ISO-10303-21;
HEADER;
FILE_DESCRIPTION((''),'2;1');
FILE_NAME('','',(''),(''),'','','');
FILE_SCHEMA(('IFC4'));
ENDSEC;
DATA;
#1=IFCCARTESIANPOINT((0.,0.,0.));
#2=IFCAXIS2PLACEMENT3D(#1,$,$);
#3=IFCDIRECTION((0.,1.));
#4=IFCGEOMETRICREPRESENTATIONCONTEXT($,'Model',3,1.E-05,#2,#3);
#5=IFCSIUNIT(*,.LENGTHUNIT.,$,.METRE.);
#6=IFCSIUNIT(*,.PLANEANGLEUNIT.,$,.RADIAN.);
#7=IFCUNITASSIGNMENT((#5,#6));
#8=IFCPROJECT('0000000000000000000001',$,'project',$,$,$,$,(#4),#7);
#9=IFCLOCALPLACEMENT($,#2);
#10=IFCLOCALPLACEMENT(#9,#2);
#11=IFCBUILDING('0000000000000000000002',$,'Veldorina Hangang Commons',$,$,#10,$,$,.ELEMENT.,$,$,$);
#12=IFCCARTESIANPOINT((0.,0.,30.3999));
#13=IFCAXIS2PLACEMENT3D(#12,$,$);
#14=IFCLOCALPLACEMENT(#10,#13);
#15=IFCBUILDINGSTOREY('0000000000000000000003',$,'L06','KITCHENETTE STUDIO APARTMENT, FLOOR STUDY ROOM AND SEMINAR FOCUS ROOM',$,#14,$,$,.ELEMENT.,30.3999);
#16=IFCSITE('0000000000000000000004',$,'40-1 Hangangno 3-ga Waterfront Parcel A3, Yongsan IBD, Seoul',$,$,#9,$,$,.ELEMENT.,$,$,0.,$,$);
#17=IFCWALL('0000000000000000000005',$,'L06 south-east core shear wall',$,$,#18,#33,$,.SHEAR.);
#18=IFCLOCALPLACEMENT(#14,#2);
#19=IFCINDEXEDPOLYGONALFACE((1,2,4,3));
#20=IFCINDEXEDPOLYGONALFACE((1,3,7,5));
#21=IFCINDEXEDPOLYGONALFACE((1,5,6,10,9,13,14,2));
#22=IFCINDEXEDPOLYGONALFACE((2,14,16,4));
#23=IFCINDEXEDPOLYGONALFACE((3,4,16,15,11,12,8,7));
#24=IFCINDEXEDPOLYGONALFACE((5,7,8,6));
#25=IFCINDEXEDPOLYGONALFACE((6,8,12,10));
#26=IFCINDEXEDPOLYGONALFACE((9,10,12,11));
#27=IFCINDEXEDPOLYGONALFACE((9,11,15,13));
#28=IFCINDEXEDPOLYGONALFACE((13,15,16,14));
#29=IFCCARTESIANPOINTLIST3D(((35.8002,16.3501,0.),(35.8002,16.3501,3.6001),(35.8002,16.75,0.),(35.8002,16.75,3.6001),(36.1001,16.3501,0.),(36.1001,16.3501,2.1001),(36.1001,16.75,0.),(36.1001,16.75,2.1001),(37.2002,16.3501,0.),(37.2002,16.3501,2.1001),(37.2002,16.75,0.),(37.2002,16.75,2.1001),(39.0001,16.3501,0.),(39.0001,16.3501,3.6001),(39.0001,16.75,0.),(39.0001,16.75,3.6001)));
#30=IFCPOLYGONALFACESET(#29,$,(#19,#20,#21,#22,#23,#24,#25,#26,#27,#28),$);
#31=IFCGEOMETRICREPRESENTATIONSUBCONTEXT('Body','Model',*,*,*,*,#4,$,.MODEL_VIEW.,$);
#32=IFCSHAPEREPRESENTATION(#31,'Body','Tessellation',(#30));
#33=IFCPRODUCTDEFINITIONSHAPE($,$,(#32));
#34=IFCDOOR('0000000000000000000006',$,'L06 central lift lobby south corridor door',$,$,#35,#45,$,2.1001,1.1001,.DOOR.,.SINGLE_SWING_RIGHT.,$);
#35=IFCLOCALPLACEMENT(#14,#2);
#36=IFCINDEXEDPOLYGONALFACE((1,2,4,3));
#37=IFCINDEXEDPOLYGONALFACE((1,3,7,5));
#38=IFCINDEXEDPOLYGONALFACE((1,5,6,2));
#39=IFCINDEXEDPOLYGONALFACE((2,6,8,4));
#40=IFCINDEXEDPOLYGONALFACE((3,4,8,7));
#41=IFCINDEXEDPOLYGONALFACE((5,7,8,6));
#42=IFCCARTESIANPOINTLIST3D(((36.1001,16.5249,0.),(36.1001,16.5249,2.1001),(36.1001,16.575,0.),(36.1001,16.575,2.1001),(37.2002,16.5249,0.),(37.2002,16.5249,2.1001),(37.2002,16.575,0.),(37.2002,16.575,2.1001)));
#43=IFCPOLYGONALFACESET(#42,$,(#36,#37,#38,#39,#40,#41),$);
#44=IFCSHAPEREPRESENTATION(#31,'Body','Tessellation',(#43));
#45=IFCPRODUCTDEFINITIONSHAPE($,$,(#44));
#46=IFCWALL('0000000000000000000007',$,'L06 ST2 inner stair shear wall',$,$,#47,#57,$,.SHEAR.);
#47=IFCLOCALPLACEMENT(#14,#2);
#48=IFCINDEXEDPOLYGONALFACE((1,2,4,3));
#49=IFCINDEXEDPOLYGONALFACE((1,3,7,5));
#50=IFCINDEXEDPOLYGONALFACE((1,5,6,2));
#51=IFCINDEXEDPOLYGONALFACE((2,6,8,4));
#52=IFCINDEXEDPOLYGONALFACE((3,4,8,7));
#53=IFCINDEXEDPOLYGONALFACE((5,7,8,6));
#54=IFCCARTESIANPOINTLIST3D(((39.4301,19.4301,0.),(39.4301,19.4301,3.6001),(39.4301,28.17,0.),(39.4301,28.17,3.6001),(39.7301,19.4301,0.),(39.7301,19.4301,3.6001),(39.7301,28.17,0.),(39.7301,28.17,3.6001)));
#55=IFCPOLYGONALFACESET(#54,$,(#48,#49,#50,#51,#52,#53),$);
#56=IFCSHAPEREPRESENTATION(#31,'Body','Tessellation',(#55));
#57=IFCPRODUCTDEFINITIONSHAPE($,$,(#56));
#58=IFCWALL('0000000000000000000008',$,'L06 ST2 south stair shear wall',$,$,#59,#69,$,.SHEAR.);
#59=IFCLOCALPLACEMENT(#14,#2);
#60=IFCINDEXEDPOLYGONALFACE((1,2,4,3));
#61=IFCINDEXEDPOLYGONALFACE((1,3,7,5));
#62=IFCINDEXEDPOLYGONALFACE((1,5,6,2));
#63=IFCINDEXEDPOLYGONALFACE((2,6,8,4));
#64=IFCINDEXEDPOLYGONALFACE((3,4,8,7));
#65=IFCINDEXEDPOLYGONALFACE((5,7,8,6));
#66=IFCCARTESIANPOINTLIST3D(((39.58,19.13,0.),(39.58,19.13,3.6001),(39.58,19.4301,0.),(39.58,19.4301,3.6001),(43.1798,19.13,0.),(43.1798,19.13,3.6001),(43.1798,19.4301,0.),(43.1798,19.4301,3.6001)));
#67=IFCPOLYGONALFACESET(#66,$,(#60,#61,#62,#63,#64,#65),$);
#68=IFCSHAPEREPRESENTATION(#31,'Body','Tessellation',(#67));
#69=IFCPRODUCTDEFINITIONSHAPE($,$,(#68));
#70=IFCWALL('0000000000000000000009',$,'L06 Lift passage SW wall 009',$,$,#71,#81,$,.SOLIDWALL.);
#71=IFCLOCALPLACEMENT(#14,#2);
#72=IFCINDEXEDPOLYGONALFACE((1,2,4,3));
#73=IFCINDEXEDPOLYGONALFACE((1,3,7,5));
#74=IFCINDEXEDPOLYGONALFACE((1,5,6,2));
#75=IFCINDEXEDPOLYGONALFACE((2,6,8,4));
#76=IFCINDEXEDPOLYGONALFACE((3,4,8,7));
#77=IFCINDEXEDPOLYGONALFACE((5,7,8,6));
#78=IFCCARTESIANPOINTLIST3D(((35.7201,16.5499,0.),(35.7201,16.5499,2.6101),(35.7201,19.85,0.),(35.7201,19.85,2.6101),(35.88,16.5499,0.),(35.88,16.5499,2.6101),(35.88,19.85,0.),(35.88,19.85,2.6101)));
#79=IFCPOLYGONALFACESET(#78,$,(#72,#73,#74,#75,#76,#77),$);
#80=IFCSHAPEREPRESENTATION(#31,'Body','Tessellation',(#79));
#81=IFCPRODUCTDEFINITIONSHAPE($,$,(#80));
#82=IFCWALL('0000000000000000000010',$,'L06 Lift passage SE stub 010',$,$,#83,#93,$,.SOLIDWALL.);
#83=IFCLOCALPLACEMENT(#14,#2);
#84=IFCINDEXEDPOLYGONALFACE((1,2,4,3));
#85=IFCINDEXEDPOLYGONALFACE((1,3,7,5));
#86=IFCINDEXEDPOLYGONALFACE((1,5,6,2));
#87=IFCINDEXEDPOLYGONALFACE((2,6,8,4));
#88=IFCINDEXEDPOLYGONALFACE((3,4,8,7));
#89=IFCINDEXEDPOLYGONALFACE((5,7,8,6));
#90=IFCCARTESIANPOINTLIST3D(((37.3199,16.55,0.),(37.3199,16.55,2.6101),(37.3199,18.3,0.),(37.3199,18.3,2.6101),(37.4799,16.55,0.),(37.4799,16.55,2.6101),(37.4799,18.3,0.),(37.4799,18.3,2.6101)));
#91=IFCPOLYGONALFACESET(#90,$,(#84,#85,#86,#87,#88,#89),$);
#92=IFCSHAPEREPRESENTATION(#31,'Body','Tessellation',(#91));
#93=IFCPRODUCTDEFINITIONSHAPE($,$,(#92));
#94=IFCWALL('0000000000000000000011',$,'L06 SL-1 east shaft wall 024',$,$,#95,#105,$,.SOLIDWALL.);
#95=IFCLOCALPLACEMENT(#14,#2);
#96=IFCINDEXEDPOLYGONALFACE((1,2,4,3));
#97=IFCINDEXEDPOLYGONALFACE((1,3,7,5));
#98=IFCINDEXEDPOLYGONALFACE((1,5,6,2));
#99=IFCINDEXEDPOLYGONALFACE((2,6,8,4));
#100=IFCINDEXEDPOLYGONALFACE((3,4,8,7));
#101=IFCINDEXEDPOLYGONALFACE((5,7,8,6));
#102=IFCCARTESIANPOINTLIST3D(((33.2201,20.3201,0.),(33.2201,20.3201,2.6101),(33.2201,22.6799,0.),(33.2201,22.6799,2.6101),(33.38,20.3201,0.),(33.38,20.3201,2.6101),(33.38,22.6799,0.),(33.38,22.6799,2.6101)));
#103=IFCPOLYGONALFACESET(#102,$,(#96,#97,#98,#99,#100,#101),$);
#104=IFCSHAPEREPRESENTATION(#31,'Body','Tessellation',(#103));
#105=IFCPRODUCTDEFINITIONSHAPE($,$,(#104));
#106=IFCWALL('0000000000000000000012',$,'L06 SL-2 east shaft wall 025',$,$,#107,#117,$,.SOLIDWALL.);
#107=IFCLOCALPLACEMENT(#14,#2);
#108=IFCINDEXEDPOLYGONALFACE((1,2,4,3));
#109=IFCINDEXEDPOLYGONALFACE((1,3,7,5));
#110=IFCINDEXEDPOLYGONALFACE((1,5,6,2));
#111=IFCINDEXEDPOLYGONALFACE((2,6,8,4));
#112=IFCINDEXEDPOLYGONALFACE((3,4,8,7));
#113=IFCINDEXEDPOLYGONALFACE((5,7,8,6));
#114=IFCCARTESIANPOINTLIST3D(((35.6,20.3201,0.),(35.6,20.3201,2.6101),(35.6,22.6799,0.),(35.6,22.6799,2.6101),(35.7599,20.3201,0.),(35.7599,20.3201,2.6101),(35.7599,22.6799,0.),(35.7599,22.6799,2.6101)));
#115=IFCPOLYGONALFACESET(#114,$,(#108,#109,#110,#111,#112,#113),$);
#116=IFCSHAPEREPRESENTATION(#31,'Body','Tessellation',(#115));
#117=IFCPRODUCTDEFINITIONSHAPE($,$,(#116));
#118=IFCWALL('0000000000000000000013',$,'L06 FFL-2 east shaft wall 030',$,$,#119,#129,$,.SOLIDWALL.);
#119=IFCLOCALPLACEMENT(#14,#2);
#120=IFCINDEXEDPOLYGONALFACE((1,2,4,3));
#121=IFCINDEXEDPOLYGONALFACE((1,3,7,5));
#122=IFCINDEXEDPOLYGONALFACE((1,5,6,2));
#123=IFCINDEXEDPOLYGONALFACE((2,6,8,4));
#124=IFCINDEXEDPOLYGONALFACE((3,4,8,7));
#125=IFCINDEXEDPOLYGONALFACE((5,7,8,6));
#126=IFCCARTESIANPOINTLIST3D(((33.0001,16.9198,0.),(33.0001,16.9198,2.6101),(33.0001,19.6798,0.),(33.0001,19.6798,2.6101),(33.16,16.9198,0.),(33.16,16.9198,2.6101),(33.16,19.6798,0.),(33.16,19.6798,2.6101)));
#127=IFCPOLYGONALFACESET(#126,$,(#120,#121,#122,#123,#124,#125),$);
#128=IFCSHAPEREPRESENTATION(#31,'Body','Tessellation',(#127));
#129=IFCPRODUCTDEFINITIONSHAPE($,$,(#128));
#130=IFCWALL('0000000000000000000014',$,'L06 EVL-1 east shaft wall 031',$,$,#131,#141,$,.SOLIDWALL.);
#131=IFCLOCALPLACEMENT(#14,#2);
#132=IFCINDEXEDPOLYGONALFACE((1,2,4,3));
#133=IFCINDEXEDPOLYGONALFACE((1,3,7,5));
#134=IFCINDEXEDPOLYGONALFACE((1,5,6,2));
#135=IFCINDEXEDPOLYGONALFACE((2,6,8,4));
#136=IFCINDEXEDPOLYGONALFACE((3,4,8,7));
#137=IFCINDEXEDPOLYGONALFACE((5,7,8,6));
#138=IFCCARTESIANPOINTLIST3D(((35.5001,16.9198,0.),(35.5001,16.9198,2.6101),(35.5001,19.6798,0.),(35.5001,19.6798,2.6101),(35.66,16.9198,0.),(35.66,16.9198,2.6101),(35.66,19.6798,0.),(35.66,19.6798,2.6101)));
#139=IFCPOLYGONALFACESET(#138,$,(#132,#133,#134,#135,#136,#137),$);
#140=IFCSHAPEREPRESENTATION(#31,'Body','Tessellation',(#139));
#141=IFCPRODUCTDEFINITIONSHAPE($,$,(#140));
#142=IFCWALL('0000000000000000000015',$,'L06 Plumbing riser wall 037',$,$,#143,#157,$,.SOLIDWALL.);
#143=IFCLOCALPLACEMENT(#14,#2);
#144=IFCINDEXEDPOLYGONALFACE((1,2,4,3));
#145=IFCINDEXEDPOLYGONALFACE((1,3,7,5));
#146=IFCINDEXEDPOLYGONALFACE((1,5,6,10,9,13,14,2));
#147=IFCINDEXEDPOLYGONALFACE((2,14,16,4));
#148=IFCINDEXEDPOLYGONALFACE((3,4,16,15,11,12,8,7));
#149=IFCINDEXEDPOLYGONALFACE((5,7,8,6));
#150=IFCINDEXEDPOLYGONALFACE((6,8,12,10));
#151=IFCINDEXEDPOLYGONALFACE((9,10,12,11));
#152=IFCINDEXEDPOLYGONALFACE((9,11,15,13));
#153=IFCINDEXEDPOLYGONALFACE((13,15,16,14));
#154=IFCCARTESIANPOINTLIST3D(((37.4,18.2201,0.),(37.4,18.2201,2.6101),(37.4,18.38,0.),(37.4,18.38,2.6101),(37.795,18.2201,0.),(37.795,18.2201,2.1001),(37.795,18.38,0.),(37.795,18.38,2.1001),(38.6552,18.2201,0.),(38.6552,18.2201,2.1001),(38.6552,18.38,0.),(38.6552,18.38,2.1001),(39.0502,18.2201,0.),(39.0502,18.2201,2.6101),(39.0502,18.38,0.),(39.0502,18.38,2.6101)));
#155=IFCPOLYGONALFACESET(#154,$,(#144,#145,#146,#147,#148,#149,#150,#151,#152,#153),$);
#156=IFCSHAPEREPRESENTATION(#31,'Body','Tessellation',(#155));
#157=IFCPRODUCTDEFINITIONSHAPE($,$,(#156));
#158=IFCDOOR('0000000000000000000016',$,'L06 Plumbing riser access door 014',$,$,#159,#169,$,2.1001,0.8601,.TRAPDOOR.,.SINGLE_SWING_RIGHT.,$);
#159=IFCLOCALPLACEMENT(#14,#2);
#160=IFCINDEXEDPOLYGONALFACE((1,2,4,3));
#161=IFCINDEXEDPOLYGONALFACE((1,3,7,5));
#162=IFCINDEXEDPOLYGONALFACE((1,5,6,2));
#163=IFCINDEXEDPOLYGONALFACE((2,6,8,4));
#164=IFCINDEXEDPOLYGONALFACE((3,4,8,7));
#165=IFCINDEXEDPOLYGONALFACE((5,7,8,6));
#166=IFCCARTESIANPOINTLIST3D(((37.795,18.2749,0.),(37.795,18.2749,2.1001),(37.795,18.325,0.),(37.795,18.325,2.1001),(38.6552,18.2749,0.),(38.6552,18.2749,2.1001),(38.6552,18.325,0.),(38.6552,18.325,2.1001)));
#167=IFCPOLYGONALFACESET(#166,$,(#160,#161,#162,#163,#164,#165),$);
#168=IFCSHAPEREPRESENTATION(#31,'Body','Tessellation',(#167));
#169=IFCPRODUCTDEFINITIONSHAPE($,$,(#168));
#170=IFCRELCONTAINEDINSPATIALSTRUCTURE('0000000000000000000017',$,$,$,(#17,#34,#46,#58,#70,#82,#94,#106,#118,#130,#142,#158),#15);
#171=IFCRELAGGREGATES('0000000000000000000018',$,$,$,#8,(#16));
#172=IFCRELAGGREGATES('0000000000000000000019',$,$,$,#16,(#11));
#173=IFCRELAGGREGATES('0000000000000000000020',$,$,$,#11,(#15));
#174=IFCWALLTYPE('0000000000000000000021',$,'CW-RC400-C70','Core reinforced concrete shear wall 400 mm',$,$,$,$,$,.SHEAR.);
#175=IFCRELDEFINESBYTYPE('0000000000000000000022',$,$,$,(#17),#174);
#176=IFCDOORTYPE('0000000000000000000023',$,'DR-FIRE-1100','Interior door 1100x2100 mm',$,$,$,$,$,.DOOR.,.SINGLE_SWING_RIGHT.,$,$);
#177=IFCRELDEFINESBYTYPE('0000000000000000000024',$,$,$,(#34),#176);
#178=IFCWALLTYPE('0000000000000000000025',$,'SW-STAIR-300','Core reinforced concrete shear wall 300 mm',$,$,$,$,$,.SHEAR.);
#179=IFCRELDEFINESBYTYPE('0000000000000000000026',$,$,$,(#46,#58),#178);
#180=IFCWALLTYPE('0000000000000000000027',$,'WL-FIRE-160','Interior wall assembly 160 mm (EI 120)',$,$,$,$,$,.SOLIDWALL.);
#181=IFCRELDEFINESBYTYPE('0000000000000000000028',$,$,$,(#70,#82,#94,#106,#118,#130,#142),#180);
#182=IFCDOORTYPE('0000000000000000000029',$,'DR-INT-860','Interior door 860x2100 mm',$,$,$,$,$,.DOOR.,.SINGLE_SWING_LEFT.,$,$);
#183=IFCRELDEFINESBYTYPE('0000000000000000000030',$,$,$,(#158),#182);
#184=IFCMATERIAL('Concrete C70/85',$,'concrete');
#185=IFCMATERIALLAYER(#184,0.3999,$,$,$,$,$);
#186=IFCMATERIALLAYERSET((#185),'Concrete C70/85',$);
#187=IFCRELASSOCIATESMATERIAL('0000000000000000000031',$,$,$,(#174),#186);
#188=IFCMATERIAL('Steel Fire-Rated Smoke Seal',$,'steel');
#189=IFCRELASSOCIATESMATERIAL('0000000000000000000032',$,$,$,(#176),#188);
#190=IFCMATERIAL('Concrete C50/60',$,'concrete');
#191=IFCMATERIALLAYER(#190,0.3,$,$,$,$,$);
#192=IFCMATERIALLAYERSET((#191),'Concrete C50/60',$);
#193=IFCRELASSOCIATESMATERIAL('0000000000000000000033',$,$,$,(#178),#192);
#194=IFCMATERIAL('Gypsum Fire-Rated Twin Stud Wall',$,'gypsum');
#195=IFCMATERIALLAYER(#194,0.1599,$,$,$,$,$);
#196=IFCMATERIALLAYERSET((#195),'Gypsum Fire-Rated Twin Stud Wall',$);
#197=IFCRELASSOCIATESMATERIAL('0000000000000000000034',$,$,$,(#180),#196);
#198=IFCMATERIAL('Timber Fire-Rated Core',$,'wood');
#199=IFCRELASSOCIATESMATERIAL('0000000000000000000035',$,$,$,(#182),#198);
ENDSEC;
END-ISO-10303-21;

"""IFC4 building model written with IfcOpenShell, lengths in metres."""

from ifc_helpers import new_model, si_unit, direction, frame, frame_2d, origin, place, context, subcontext, project, spatial, rectangle, extrude, material, layer, layer_set, type_object, element, fill, save


model = new_model("IFC4")

# Units and contexts
model_context = context("Model", 3, precision=1e-05, world=origin(), true_north=direction((0.0, 1.0)))
body_context = subcontext(model_context, "Body", "Model", "MODEL_VIEW")
ifc_project = project(units=[si_unit("LENGTHUNIT", "METRE"), si_unit("PLANEANGLEUNIT", "RADIAN")], contexts=[model_context])

# Site, building, storey
site_placement = place(None, origin())
site = spatial("IfcSite", under=ifc_project, at=site_placement, Name="40-1 Hangangno 3-ga Waterfront Parcel A3, Yongsan IBD, Seoul", CompositionType="ELEMENT", RefElevation=0.0)
building_placement = place(site_placement, origin())
building = spatial("IfcBuilding", under=site, at=building_placement, Name="Veldorina Hangang Commons", CompositionType="ELEMENT")
storey_placement = place(building_placement, frame((0.0, 0.0, 30.3999)))
storey = spatial("IfcBuildingStorey", under=building, at=storey_placement, Name="L06", Description="KITCHENETTE STUDIO APARTMENT, FLOOR STUDY ROOM AND SEMINAR FOCUS ROOM", CompositionType="ELEMENT", Elevation=30.3999)

# Shared definitions
ifc_material_1 = material(Name="Concrete C70/85", Category="concrete")

# Shared definitions
ifc_layer_1 = layer(ifc_material_1, 0.3999)
ifc_layer_set_1 = layer_set([ifc_layer_1], Name="Concrete C70/85")
wall_type_1 = type_object("IfcWallType", Name="CW-RC400-C70", Description="Core reinforced concrete shear wall 400 mm", PredefinedType="SHEAR", material=ifc_layer_set_1)

# Wall, opening, door
wall_1_placement = place(storey_placement, frame((35.8, 16.55, 0.0), z_axis=(0.0, 0.0, 1.0), x_axis=(1.0, 0.0, 0.0)))
wall_1 = element("IfcWall", 1, at=wall_1_placement, inside=storey, type_object=wall_type_1, Name="L06 south-east core shear wall", PredefinedType="SHEAR", context=body_context, shape_type="SweptSolid", body=[
    extrude(rectangle(XDim=3.2, YDim=0.3999, at=frame_2d((1.6001, 0.0))), origin(), (0.0, 0.0, 1.0), 3.6001),
])
opening_1_placement = place(wall_1_placement, frame((0.3, 0.0, 0.0)))
opening_1 = element("IfcOpeningElement", 2, at=opening_1_placement, cuts=wall_1, PredefinedType="OPENING", context=body_context, shape_type="SweptSolid", body=[
    extrude(rectangle(XDim=1.1001, YDim=2.1001, at=frame_2d((0.55, 1.05))), frame((0.0, 0.21, 0.0), z_axis=(0.0, -1.0, 0.0), x_axis=(1.0, 0.0, 0.0)), (0.0, 0.0, 1.0), 0.4199),
])
ifc_material_2 = material(Name="Steel Fire-Rated Smoke Seal", Category="steel")
door_type_1 = type_object("IfcDoorType", Name="DR-FIRE-1100", Description="Interior door 1100x2100 mm", OperationType="SINGLE_SWING_RIGHT", PredefinedType="DOOR", material=ifc_material_2)
door_1_placement = place(opening_1_placement, origin())
door_1 = element("IfcDoor", 3, at=door_1_placement, inside=storey, type_object=door_type_1, Name="L06 central lift lobby south corridor door", OperationType="SINGLE_SWING_RIGHT", OverallHeight=2.1001, OverallWidth=1.1001, PredefinedType="DOOR", context=body_context, shape_type="SweptSolid", body=[
    extrude(rectangle(XDim=1.1001, YDim=2.1001, at=frame_2d((0.55, 1.05))), frame((0.0, 0.0249, 0.0), z_axis=(0.0, -1.0, 0.0), x_axis=(1.0, 0.0, 0.0)), (0.0, 0.0, 1.0), 0.05),
])
fill(opening_1, door_1)

# Walls
ifc_material_3 = material(Name="Concrete C50/60", Category="concrete")
ifc_layer_2 = layer(ifc_material_3, 0.3)
ifc_layer_set_2 = layer_set([ifc_layer_2], Name="Concrete C50/60")
wall_type_2 = type_object("IfcWallType", Name="SW-STAIR-300", Description="Core reinforced concrete shear wall 300 mm", PredefinedType="SHEAR", material=ifc_layer_set_2)
wall_2_placement = place(storey_placement, frame((39.5801, 19.4299, 0.0), z_axis=(0.0, 0.0, 1.0), x_axis=(0.0, 1.0, 0.0)))
element("IfcWall", 4, at=wall_2_placement, inside=storey, type_object=wall_type_2, Name="L06 ST2 inner stair shear wall", PredefinedType="SHEAR", context=body_context, shape_type="SweptSolid", body=[
    extrude(rectangle(XDim=8.74, YDim=0.3, at=frame_2d((4.3701, 0.0))), origin(), (0.0, 0.0, 1.0), 3.6001),
])
wall_3_placement = place(storey_placement, frame((39.5801, 19.28, 0.0), z_axis=(0.0, 0.0, 1.0), x_axis=(1.0, 0.0, 0.0)))
element("IfcWall", 5, at=wall_3_placement, inside=storey, type_object=wall_type_2, Name="L06 ST2 south stair shear wall", PredefinedType="SHEAR", context=body_context, shape_type="SweptSolid", body=[
    extrude(rectangle(XDim=3.5999, YDim=0.3, at=frame_2d((1.7998, 0.0))), origin(), (0.0, 0.0, 1.0), 3.6001),
])
ifc_material_4 = material(Name="Gypsum Fire-Rated Twin Stud Wall", Category="gypsum")
ifc_layer_3 = layer(ifc_material_4, 0.1599)
ifc_layer_set_3 = layer_set([ifc_layer_3], Name="Gypsum Fire-Rated Twin Stud Wall")
wall_type_3 = type_object("IfcWallType", Name="WL-FIRE-160", Description="Interior wall assembly 160 mm (EI 120)", PredefinedType="SOLIDWALL", material=ifc_layer_set_3)
wall_4_placement = place(storey_placement, frame((35.8, 16.55, 0.0), z_axis=(0.0, 0.0, 1.0), x_axis=(0.0, 1.0, 0.0)))
element("IfcWall", 6, at=wall_4_placement, inside=storey, type_object=wall_type_3, Name="L06 Lift passage SW wall 009", PredefinedType="SOLIDWALL", context=body_context, shape_type="SweptSolid", body=[
    extrude(rectangle(XDim=3.3, YDim=0.1599, at=frame_2d((1.6499, 0.0))), origin(), (0.0, 0.0, 1.0), 2.6101),
])
wall_5_placement = place(storey_placement, frame((37.3999, 16.55, 0.0), z_axis=(0.0, 0.0, 1.0), x_axis=(0.0, 1.0, 0.0)))
element("IfcWall", 7, at=wall_5_placement, inside=storey, type_object=wall_type_3, Name="L06 Lift passage SE stub 010", PredefinedType="SOLIDWALL", context=body_context, shape_type="SweptSolid", body=[
    extrude(rectangle(XDim=1.75, YDim=0.1599, at=frame_2d((0.875, 0.0))), origin(), (0.0, 0.0, 1.0), 2.6101),
])
for number, where, z_axis, x_axis, name in (
    (8, (33.3, 20.3201, 0.0), (0.0, 0.0, 1.0), (0.0, 1.0, 0.0), "L06 SL-1 east shaft wall 024"),
    (9, (35.6799, 20.3201, 0.0), (0.0, 0.0, 1.0), (0.0, 1.0, 0.0), "L06 SL-2 east shaft wall 025"),
):
    element("IfcWall", number, at=place(storey_placement, frame(where, z_axis=z_axis, x_axis=x_axis)), inside=storey, type_object=wall_type_3, Name=name, PredefinedType="SOLIDWALL", context=body_context, shape_type="SweptSolid", body=[
        extrude(rectangle(XDim=2.3599, YDim=0.1599, at=frame_2d((1.1799, 0.0))), origin(), (0.0, 0.0, 1.0), 2.6101),
    ])
for number, where, z_axis, x_axis, name in (
    (10, (33.0801, 16.9199, 0.0), (0.0, 0.0, 1.0), (0.0, 1.0, 0.0), "L06 FFL-2 east shaft wall 030"),
    (11, (35.5801, 16.9199, 0.0), (0.0, 0.0, 1.0), (0.0, 1.0, 0.0), "L06 EVL-1 east shaft wall 031"),
):
    element("IfcWall", number, at=place(storey_placement, frame(where, z_axis=z_axis, x_axis=x_axis)), inside=storey, type_object=wall_type_3, Name=name, PredefinedType="SOLIDWALL", context=body_context, shape_type="SweptSolid", body=[
        extrude(rectangle(XDim=2.76, YDim=0.1599, at=frame_2d((1.3799, 0.0))), origin(), (0.0, 0.0, 1.0), 2.6101),
    ])

# Wall, opening, door
wall_6_placement = place(storey_placement, frame((37.3999, 18.3, 0.0), z_axis=(0.0, 0.0, 1.0), x_axis=(1.0, 0.0, 0.0)))
wall_6 = element("IfcWall", 12, at=wall_6_placement, inside=storey, type_object=wall_type_3, Name="L06 Plumbing riser wall 037", PredefinedType="SOLIDWALL", context=body_context, shape_type="SweptSolid", body=[
    extrude(rectangle(XDim=1.6501, YDim=0.1599, at=frame_2d((0.8252, 0.0))), origin(), (0.0, 0.0, 1.0), 2.6101),
])
opening_2_placement = place(wall_6_placement, frame((0.395, 0.0, 0.0)))
opening_2 = element("IfcOpeningElement", 13, at=opening_2_placement, cuts=wall_6, PredefinedType="OPENING", context=body_context, shape_type="SweptSolid", body=[
    extrude(rectangle(XDim=0.8601, YDim=2.1001, at=frame_2d((0.4302, 1.05))), frame((0.0, 0.0898, 0.0), z_axis=(0.0, -1.0, 0.0), x_axis=(1.0, 0.0, 0.0)), (0.0, 0.0, 1.0), 0.1799),
])
ifc_material_5 = material(Name="Timber Fire-Rated Core", Category="wood")
door_type_2 = type_object("IfcDoorType", Name="DR-INT-860", Description="Interior door 860x2100 mm", OperationType="SINGLE_SWING_LEFT", PredefinedType="DOOR", material=ifc_material_5)
door_2_placement = place(opening_2_placement, origin())
door_2 = element("IfcDoor", 14, at=door_2_placement, inside=storey, type_object=door_type_2, Name="L06 Plumbing riser access door 014", OperationType="SINGLE_SWING_RIGHT", OverallHeight=2.1001, OverallWidth=0.8601, PredefinedType="TRAPDOOR", context=body_context, shape_type="SweptSolid", body=[
    extrude(rectangle(XDim=0.8601, YDim=2.1001, at=frame_2d((0.4302, 1.05))), frame((0.0, 0.0249, 0.0), z_axis=(0.0, -1.0, 0.0), x_axis=(1.0, 0.0, 0.0)), (0.0, 0.0, 1.0), 0.05),
])
fill(opening_2, door_2)

save(model, "model.ifc")
